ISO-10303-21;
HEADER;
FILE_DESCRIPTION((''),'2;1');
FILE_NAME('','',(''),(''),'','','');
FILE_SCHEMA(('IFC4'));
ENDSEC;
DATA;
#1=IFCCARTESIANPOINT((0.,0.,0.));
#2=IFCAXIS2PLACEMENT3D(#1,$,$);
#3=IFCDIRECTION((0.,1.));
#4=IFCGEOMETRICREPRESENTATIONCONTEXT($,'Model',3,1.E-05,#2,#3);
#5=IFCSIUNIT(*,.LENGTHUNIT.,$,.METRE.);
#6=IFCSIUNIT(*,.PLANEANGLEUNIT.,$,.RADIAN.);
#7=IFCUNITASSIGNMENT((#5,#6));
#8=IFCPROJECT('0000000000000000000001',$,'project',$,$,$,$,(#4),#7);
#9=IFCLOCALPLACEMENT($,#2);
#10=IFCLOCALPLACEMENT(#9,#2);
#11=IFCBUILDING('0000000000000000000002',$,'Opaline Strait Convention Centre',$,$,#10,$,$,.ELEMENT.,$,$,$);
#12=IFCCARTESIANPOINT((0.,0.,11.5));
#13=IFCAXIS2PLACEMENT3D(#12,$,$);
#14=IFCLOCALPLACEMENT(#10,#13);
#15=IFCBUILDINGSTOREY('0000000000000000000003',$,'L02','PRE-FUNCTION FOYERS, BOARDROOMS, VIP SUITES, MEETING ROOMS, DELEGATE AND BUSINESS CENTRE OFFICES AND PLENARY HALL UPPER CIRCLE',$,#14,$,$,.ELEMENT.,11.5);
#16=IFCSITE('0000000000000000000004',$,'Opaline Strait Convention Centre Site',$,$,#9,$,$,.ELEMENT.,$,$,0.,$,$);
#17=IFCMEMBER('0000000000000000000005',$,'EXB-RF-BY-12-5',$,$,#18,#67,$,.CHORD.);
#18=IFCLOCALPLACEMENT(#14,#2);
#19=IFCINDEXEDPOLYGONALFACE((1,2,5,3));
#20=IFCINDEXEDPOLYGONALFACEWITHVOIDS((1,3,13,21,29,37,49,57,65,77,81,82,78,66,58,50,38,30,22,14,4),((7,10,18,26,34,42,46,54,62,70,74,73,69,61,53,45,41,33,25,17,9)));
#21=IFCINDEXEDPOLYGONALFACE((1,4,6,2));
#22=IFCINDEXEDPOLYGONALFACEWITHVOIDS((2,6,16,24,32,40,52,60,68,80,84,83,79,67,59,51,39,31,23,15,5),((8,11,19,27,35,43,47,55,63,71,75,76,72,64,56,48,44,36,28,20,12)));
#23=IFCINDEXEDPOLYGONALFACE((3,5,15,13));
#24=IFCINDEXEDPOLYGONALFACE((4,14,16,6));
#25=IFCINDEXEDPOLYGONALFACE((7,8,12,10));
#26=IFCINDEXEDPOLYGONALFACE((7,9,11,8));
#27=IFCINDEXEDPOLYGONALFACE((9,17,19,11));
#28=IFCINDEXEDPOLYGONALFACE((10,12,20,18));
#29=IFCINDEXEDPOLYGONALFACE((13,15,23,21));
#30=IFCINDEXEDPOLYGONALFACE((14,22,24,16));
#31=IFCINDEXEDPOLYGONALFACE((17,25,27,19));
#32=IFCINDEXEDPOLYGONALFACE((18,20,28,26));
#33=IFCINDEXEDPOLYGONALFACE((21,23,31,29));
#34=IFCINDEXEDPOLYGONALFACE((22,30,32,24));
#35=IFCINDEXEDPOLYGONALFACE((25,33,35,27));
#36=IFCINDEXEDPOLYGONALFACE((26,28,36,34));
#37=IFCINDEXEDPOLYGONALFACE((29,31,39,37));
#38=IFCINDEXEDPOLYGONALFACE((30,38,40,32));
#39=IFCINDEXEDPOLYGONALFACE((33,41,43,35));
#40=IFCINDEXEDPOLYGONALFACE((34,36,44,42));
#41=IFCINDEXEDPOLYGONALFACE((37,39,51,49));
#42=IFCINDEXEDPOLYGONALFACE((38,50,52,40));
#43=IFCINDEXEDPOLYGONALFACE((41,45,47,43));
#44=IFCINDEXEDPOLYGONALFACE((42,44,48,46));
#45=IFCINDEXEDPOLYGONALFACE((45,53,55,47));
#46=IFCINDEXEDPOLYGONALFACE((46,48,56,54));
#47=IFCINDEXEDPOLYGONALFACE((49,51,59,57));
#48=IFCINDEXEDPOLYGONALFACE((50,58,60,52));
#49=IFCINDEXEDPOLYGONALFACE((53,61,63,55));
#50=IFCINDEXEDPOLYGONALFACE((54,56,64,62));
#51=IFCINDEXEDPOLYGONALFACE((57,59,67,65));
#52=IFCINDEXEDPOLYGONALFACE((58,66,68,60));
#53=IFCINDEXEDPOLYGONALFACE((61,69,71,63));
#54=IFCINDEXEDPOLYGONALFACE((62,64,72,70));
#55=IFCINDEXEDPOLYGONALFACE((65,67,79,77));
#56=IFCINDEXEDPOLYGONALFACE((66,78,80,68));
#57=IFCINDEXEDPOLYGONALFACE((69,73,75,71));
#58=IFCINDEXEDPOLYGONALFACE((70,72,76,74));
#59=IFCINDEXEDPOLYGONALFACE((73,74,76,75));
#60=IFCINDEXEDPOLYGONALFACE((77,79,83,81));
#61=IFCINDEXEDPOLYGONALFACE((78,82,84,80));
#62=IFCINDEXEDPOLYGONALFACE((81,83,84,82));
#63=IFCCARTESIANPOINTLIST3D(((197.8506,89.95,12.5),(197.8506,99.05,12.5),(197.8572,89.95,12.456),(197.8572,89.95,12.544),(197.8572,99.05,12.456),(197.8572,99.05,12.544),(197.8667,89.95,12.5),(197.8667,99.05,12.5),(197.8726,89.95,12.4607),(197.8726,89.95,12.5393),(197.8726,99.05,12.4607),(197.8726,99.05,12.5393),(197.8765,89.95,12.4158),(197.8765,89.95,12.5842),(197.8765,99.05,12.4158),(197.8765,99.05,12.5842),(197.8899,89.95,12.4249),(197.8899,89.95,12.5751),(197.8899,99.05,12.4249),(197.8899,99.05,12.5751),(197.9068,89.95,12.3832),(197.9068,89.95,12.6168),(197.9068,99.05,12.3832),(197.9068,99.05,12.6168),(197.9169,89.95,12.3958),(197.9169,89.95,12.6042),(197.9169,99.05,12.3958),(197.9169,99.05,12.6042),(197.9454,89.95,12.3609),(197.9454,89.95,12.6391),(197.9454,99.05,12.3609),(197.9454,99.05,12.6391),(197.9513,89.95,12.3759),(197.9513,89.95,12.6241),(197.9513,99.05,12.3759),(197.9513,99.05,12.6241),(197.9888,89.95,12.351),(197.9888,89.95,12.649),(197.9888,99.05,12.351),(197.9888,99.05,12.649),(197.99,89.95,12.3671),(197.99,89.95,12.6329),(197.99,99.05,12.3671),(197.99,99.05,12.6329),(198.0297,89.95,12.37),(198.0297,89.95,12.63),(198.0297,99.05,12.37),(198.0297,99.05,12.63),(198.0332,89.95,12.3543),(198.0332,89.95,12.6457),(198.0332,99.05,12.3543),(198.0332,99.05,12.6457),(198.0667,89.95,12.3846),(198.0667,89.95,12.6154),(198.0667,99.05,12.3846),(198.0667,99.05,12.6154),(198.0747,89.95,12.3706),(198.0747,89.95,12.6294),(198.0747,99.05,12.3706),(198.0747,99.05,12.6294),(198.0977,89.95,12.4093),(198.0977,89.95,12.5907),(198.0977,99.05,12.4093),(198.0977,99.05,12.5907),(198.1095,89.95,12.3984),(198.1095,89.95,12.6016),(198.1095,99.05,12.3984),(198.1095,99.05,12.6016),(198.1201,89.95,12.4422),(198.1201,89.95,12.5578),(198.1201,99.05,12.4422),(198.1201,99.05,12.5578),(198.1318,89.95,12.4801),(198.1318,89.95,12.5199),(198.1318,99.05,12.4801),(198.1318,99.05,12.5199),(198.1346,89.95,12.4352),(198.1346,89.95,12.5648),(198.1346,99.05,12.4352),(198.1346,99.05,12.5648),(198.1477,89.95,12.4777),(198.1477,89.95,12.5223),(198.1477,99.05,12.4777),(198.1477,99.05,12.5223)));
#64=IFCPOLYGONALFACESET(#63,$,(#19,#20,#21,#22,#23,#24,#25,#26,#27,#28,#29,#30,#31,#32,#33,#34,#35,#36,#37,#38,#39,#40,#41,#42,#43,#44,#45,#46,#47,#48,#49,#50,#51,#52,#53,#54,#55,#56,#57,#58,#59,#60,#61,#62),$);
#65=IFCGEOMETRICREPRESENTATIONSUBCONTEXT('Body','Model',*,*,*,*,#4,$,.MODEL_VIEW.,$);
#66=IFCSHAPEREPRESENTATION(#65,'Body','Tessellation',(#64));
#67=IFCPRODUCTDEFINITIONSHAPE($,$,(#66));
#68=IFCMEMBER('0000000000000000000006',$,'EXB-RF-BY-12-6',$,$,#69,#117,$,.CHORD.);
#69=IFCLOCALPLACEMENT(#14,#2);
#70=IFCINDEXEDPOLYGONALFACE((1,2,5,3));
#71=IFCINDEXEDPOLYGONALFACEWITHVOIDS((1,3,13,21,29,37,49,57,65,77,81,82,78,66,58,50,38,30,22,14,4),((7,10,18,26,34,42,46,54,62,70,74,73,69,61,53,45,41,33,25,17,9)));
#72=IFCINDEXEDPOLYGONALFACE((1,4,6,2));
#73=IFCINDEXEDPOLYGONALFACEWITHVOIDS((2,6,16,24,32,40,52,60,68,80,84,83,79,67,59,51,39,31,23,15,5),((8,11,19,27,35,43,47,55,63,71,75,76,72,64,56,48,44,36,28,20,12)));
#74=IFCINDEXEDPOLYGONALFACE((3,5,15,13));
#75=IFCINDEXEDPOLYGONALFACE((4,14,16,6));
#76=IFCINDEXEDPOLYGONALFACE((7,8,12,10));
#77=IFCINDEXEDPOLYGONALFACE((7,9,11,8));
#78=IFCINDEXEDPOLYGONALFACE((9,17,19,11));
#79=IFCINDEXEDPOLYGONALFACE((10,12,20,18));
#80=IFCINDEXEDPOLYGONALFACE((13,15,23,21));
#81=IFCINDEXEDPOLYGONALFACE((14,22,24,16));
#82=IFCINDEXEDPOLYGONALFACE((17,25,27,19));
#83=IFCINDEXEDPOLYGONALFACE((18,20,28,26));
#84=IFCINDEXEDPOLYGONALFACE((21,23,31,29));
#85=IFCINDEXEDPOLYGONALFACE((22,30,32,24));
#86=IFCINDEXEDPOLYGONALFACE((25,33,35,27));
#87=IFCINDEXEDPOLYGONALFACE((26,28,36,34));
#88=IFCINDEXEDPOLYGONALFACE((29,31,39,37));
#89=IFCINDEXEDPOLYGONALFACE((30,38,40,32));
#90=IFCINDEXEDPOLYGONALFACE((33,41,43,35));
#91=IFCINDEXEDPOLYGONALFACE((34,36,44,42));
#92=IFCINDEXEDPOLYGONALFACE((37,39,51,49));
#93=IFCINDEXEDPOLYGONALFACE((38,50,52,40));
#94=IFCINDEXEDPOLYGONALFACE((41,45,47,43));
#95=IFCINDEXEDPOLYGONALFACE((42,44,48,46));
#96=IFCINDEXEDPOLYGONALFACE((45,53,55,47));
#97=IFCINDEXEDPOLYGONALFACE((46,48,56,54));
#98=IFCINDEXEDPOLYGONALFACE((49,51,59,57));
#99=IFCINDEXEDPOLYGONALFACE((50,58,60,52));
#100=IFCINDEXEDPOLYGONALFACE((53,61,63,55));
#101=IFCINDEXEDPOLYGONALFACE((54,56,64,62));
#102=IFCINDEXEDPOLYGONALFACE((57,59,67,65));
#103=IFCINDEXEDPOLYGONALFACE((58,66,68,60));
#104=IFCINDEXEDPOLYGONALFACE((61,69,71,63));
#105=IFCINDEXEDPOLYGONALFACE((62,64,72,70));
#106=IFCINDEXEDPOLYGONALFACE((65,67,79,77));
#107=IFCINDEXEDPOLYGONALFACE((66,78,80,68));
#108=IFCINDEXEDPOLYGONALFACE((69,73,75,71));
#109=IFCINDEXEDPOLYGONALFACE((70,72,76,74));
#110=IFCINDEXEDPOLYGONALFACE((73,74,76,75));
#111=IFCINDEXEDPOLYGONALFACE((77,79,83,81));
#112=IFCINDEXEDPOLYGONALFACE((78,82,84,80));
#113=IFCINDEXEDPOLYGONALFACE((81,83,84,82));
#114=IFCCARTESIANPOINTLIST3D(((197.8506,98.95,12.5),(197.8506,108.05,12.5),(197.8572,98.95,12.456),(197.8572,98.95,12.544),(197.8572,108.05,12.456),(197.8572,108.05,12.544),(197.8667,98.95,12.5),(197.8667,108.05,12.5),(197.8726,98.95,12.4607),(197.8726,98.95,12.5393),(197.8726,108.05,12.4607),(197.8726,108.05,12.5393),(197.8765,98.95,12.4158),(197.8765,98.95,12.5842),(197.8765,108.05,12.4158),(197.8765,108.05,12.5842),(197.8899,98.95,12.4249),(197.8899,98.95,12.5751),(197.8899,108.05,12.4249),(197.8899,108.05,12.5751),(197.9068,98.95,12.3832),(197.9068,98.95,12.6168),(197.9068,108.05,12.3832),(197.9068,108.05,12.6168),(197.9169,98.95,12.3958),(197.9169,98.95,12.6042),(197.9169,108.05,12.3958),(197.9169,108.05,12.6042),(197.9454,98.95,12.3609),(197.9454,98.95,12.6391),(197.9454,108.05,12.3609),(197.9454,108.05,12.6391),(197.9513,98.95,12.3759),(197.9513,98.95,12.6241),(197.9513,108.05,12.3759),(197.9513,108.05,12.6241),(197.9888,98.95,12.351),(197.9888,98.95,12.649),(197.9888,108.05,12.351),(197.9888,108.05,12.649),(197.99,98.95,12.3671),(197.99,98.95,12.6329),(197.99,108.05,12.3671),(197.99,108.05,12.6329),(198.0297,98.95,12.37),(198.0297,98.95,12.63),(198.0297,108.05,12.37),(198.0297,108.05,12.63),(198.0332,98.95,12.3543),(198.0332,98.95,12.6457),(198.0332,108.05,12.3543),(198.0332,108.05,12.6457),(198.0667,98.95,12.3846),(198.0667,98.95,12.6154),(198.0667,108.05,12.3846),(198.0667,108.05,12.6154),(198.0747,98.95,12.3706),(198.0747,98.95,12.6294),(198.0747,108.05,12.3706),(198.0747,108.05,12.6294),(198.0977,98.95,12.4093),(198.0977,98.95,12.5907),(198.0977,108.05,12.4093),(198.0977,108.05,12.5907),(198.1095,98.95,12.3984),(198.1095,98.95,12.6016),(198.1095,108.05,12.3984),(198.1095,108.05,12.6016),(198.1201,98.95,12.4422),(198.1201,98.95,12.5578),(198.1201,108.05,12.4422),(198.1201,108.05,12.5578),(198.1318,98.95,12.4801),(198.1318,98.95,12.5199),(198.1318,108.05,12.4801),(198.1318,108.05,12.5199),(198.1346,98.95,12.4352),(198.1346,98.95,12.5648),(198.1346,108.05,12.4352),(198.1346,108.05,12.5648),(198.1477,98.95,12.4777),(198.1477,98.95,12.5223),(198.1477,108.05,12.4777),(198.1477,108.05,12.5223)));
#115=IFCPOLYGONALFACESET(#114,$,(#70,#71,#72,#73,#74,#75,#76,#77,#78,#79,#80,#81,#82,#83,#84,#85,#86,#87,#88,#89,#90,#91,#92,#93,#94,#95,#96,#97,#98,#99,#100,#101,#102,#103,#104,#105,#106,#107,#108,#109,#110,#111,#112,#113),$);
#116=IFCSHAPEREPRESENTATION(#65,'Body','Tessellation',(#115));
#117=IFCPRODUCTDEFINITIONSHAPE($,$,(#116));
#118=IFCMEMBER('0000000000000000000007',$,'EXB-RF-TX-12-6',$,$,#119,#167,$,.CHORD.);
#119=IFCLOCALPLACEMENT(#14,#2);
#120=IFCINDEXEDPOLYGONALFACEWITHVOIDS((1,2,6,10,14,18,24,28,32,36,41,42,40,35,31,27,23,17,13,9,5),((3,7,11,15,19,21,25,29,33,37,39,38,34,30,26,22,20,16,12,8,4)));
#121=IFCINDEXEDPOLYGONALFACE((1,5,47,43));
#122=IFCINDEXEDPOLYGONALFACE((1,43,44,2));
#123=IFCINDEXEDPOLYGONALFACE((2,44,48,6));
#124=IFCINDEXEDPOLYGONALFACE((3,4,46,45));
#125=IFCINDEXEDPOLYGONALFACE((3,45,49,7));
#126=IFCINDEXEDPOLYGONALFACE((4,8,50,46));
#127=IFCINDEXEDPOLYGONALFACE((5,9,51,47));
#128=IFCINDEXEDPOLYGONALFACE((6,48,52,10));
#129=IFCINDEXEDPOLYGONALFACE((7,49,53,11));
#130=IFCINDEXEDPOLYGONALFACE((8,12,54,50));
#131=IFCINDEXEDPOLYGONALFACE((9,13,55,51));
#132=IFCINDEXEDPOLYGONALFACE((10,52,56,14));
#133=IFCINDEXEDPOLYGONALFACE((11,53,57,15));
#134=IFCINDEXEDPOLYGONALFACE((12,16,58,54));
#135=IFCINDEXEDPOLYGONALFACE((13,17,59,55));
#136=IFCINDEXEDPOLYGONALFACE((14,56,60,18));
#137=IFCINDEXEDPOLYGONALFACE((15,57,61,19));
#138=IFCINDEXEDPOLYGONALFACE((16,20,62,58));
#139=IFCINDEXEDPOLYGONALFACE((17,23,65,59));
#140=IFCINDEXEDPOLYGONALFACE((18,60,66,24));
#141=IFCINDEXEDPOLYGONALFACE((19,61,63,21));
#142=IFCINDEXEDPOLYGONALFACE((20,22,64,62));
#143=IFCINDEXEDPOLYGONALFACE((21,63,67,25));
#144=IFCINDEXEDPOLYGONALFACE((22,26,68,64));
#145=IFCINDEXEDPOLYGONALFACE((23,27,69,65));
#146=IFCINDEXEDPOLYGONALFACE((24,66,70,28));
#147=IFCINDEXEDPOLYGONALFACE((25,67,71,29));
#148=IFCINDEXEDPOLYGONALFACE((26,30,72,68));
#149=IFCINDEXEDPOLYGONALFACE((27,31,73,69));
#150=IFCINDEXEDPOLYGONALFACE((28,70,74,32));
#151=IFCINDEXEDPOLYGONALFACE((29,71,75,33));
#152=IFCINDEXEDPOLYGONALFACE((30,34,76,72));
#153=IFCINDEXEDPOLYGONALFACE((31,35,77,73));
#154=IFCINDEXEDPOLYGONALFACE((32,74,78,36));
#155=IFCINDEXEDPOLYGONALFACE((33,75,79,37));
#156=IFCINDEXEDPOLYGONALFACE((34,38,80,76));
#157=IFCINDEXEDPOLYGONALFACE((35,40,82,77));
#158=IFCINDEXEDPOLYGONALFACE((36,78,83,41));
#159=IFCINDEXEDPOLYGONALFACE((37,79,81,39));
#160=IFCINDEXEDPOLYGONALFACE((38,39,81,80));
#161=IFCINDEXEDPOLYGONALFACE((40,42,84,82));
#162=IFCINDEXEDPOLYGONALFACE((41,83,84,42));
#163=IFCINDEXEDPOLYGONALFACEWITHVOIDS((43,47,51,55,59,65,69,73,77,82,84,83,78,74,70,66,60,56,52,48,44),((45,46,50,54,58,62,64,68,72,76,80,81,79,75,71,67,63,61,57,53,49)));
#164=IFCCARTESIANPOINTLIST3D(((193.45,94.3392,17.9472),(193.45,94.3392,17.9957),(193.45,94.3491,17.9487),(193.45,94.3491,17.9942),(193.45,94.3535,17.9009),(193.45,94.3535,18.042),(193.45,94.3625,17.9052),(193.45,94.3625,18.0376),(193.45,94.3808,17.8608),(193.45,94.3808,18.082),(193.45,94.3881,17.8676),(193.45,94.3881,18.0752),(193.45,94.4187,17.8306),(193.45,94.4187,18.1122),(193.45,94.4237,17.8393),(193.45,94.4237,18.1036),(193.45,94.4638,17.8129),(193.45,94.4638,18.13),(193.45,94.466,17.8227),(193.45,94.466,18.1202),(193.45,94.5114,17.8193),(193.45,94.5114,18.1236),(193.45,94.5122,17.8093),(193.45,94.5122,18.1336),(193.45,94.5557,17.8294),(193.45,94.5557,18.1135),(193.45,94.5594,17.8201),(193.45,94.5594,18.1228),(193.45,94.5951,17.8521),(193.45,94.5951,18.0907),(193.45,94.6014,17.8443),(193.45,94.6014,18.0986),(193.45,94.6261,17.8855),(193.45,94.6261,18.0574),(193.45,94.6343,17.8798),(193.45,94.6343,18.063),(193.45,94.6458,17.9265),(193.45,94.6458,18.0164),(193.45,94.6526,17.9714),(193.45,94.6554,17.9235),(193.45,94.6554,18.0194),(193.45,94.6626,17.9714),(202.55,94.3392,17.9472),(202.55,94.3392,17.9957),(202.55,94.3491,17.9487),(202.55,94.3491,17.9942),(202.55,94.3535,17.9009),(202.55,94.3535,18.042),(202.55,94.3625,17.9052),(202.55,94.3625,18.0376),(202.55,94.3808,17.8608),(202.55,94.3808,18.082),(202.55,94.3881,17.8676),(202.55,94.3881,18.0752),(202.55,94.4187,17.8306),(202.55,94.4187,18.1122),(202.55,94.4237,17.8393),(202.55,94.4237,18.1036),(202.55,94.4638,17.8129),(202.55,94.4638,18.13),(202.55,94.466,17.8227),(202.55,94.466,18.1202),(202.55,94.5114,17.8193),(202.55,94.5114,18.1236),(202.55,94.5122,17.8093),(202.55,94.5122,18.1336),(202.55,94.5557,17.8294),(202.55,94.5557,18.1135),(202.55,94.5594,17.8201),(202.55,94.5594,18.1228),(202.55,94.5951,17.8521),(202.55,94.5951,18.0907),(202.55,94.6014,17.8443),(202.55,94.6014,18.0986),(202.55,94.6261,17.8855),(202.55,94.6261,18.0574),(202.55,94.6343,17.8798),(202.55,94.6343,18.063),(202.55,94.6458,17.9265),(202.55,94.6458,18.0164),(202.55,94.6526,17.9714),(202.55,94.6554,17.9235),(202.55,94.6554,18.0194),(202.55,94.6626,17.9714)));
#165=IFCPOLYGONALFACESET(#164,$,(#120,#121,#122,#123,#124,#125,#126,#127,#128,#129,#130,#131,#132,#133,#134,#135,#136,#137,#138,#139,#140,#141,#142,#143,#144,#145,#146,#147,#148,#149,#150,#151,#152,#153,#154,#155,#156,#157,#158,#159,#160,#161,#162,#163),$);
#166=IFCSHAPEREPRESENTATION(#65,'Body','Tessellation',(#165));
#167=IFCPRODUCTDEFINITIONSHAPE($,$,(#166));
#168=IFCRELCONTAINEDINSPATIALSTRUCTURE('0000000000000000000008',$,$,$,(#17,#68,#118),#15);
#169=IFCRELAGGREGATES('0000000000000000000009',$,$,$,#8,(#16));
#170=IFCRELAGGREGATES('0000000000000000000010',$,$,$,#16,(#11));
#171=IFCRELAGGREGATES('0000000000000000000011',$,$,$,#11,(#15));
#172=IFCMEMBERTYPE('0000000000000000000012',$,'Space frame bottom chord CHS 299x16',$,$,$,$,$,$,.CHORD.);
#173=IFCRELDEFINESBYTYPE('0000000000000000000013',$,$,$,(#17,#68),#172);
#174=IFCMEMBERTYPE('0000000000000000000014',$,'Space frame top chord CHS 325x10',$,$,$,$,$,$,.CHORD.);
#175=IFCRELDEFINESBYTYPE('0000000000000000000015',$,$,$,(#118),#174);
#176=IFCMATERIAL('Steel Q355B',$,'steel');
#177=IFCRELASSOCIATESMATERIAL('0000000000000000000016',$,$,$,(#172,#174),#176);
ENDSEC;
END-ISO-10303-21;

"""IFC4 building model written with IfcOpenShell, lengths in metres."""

from ifc_helpers import new_model, si_unit, direction, frame, origin, origin_2d, place, context, subcontext, project, spatial, hollow_circle, extrude, material, material_profile, profile_set, type_object, element, save


model = new_model("IFC4")

# Units and contexts
model_context = context("Model", 3, precision=1e-05, world=origin(), true_north=direction((0.0, 1.0)))
body_context = subcontext(model_context, "Body", "Model", "MODEL_VIEW")
ifc_project = project(units=[si_unit("LENGTHUNIT", "METRE"), si_unit("PLANEANGLEUNIT", "RADIAN")], contexts=[model_context])

# Site, building, storey
site_placement = place(None, origin())
site = spatial("IfcSite", under=ifc_project, at=site_placement, Name="Opaline Strait Convention Centre Site", CompositionType="ELEMENT", RefElevation=0.0)
building_placement = place(site_placement, origin())
building = spatial("IfcBuilding", under=site, at=building_placement, Name="Opaline Strait Convention Centre", CompositionType="ELEMENT")
storey_placement = place(building_placement, frame((0.0, 0.0, 11.5)))
storey = spatial("IfcBuildingStorey", under=building, at=storey_placement, Name="L02", Description="PRE-FUNCTION FOYERS, BOARDROOMS, VIP SUITES, MEETING ROOMS, DELEGATE AND BUSINESS CENTRE OFFICES AND PLENARY HALL UPPER CIRCLE", CompositionType="ELEMENT", Elevation=11.5)

# Members
ifc_material = material(Name="Steel Q355B", Category="steel")
ifc_material_profile_1 = material_profile(ifc_material, hollow_circle(Radius=0.1494, WallThickness=0.0161, at=origin_2d()), Name="CHS 299x16")
ifc_profile_set_1 = profile_set([ifc_material_profile_1], Name="Steel Q355B")
member_type_1 = type_object("IfcMemberType", Name="Space frame bottom chord CHS 299x16", PredefinedType="CHORD", material=ifc_profile_set_1)
for number, where, z_axis, x_axis, name in (
    (1, (198.0, 89.95, 12.5), (0.0, 1.0, 0.0), (-1.0, 0.0, 0.0), "EXB-RF-BY-12-5"),
    (2, (198.0, 98.95, 12.5), (0.0, 1.0, 0.0), (-1.0, 0.0, 0.0), "EXB-RF-BY-12-6"),
):
    element("IfcMember", number, at=place(storey_placement, frame(where, z_axis=z_axis, x_axis=x_axis)), inside=storey, type_object=member_type_1, Name=name, PredefinedType="CHORD", context=body_context, shape_type="SweptSolid", body=[
        extrude(hollow_circle(Radius=0.1494, WallThickness=0.0161, at=origin_2d()), origin(), (0.0, 0.0, 1.0), 9.1001),
    ])
ifc_material_profile_2 = material_profile(ifc_material, hollow_circle(Radius=0.1626, WallThickness=0.01, at=origin_2d()), Name="CHS 325x10")
ifc_profile_set_2 = profile_set([ifc_material_profile_2], Name="Steel Q355B")
member_type_2 = type_object("IfcMemberType", Name="Space frame top chord CHS 325x10", PredefinedType="CHORD", material=ifc_profile_set_2)
for number, where, z_axis, x_axis, name in (
    (3, (193.45, 94.5, 17.9714), (1.0, 0.0, 0.0), (0.0, 1.0, 0.0), "EXB-RF-TX-12-6"),
):
    element("IfcMember", number, at=place(storey_placement, frame(where, z_axis=z_axis, x_axis=x_axis)), inside=storey, type_object=member_type_2, Name=name, PredefinedType="CHORD", context=body_context, shape_type="SweptSolid", body=[
        extrude(hollow_circle(Radius=0.1626, WallThickness=0.01, at=origin_2d()), origin(), (0.0, 0.0, 1.0), 9.1001),
    ])

save(model, "model.ifc")
